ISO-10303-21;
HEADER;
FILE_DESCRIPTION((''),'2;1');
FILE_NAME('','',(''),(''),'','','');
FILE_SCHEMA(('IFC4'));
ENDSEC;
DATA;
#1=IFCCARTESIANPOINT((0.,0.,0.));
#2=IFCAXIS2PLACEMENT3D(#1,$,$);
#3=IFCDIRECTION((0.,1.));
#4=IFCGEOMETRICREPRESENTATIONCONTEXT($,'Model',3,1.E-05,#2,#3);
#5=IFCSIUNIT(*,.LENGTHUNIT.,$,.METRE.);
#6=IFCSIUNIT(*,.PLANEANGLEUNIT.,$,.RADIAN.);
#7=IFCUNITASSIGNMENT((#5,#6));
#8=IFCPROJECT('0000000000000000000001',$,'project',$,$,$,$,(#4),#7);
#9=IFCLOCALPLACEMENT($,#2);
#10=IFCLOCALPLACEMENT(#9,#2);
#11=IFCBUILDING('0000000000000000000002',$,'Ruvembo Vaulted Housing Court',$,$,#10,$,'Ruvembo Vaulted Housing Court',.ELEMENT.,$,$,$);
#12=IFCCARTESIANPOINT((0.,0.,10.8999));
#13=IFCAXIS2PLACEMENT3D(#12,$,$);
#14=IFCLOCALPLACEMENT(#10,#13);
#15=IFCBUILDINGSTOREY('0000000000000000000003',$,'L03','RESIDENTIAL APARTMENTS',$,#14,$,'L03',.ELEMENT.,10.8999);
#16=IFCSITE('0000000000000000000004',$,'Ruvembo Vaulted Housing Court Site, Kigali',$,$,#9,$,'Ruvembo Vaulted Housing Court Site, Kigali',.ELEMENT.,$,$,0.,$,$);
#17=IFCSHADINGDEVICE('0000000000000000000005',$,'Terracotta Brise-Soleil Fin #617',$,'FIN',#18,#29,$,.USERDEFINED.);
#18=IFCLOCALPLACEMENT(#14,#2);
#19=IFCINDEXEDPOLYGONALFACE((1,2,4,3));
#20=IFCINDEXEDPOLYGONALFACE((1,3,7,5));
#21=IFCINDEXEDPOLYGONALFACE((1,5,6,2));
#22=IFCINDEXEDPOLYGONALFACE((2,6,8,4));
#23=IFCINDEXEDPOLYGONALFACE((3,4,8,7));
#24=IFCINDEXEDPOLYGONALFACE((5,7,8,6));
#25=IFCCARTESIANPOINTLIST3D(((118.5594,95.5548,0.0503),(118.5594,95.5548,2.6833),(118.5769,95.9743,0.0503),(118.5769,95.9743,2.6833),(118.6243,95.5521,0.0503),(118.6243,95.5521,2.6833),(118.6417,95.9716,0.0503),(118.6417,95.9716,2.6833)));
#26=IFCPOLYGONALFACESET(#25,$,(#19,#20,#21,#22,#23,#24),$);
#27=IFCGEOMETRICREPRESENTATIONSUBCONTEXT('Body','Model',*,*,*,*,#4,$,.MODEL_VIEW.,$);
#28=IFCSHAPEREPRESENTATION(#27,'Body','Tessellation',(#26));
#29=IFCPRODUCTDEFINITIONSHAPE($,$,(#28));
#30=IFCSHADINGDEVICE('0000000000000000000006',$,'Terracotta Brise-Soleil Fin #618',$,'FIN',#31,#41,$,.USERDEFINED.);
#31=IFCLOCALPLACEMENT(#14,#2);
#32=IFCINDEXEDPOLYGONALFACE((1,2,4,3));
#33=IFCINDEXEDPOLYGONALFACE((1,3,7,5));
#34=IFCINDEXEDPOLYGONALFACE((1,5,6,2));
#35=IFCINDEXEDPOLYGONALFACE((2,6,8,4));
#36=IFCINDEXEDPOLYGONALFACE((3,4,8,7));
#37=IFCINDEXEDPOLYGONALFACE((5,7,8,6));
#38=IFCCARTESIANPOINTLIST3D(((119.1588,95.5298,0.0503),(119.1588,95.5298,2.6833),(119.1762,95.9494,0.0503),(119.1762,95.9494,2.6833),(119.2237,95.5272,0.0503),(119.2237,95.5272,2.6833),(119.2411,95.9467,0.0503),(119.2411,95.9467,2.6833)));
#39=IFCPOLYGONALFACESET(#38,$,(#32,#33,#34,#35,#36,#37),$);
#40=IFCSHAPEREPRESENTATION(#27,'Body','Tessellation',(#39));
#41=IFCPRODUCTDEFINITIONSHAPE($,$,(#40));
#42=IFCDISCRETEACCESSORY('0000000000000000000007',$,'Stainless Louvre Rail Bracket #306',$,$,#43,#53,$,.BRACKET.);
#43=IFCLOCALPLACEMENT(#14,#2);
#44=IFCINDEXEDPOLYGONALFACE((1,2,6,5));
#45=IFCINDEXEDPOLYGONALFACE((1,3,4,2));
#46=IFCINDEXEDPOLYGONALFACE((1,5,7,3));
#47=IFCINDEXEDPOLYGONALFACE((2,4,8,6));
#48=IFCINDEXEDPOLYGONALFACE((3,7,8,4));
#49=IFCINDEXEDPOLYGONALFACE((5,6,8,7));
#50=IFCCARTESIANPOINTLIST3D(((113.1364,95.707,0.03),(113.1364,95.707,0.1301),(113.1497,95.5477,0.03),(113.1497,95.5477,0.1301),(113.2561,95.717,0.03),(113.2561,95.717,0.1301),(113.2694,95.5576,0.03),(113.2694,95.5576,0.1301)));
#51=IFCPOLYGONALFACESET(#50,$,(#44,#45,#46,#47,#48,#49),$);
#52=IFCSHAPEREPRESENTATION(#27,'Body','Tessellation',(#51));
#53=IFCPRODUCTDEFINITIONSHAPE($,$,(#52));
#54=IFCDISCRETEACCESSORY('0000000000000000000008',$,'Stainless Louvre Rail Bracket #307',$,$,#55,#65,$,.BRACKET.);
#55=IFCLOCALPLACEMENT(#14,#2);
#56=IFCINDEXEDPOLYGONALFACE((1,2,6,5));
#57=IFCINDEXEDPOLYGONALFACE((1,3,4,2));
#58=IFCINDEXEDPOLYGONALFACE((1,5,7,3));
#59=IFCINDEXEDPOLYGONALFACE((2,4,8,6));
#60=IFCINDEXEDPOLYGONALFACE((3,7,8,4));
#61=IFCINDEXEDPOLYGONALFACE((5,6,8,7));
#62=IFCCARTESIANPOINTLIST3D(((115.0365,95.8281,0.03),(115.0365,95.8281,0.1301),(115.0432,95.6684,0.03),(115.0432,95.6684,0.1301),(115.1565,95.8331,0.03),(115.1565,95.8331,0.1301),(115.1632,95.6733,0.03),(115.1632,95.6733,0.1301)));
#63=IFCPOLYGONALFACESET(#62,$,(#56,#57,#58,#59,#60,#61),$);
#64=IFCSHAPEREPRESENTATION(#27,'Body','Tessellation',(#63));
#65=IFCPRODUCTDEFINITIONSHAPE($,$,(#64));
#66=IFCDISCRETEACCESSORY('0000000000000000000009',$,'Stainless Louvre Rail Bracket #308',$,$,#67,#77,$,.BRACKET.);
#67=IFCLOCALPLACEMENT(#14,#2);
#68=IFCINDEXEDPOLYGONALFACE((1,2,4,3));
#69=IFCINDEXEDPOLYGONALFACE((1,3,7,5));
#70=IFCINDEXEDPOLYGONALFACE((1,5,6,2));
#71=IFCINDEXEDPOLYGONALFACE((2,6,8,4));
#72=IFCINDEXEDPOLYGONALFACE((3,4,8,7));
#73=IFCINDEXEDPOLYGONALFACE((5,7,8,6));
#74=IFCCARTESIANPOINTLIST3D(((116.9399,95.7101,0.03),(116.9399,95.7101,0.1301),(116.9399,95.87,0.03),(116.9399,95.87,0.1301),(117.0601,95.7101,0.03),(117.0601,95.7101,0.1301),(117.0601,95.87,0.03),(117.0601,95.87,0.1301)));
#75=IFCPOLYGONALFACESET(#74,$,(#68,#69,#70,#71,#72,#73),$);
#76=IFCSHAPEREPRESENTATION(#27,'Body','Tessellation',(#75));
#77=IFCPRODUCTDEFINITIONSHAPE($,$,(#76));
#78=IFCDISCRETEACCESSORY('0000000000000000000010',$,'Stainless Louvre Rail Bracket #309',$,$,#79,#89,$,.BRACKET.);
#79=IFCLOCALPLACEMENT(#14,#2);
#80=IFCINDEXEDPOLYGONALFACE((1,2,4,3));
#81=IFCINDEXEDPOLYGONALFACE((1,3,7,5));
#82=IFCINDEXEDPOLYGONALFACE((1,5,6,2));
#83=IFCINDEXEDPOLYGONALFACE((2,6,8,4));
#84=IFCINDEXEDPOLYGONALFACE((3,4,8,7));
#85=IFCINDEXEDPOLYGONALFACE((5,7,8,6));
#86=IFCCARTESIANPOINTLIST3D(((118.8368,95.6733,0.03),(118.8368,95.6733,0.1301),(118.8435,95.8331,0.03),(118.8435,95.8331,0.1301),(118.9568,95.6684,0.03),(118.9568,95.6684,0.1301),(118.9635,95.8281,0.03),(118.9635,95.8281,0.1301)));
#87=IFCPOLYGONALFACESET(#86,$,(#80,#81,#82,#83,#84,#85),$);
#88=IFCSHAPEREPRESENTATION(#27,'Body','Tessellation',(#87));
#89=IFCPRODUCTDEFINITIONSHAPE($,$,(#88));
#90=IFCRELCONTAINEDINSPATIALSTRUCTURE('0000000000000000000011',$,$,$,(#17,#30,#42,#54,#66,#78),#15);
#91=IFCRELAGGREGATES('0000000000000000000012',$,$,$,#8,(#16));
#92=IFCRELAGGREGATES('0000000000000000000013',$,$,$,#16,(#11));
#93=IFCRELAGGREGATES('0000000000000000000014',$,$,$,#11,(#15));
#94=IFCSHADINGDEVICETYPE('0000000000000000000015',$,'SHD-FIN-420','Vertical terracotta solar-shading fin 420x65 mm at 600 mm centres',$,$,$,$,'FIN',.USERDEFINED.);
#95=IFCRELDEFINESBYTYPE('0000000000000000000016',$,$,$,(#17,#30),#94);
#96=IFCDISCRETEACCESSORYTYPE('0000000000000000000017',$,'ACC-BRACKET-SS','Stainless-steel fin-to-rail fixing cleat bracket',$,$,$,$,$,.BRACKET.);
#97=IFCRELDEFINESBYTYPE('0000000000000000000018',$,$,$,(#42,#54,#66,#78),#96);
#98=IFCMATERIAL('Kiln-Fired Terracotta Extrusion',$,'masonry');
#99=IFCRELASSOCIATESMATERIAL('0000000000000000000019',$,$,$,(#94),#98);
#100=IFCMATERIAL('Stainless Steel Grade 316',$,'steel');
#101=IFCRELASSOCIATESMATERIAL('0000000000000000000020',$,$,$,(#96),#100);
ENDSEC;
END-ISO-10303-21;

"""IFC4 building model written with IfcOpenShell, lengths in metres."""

from ifc_helpers import new_model, si_unit, direction, frame, origin, origin_2d, place, context, subcontext, project, spatial, rectangle, extrude, material, type_object, element, save


model = new_model("IFC4")

# Units and contexts
model_context = context("Model", 3, precision=1e-05, world=origin(), true_north=direction((0.0, 1.0)))
body_context = subcontext(model_context, "Body", "Model", "MODEL_VIEW")
ifc_project = project(units=[si_unit("LENGTHUNIT", "METRE"), si_unit("PLANEANGLEUNIT", "RADIAN")], contexts=[model_context])

# Site, building, storey
site_placement = place(None, origin())
site = spatial("IfcSite", under=ifc_project, at=site_placement, Name="Ruvembo Vaulted Housing Court Site, Kigali", LongName="Ruvembo Vaulted Housing Court Site, Kigali", CompositionType="ELEMENT", RefElevation=0.0)
building_placement = place(site_placement, origin())
building = spatial("IfcBuilding", under=site, at=building_placement, Name="Ruvembo Vaulted Housing Court", LongName="Ruvembo Vaulted Housing Court", CompositionType="ELEMENT")
storey_placement = place(building_placement, frame((0.0, 0.0, 10.8999)))
storey = spatial("IfcBuildingStorey", under=building, at=storey_placement, Name="L03", Description="RESIDENTIAL APARTMENTS", LongName="L03", CompositionType="ELEMENT", Elevation=10.8999)

# Shading devices
ifc_material_1 = material(Name="Kiln-Fired Terracotta Extrusion", Category="masonry")
shading_device_type = type_object("IfcShadingDeviceType", Name="SHD-FIN-420", Description="Vertical terracotta solar-shading fin 420x65 mm at 600 mm centres", ElementType="FIN", PredefinedType="USERDEFINED", material=ifc_material_1)
for number, where, z_axis, x_axis, name in (
    (1, (118.6006, 95.7632, 0.0503), (0.0, 0.0, 1.0), (-0.041509, -0.999138, 0.0), "Terracotta Brise-Soleil Fin #617"),
    (2, (119.2, 95.7383, 0.0503), (0.0, 0.0, 1.0), (-0.041509, -0.999138, 0.0), "Terracotta Brise-Soleil Fin #618"),
):
    element("IfcShadingDevice", number, at=place(storey_placement, frame(where, z_axis=z_axis, x_axis=x_axis)), inside=storey, type_object=shading_device_type, Name=name, ObjectType="FIN", PredefinedType="USERDEFINED", context=body_context, shape_type="SweptSolid", body=[
        extrude(rectangle(XDim=0.4199, YDim=0.0649, at=origin_2d()), origin(), (0.0, 0.0, 1.0), 2.6331),
    ])

# Discrete accessories
ifc_material_2 = material(Name="Stainless Steel Grade 316", Category="steel")
discrete_accessory_type = type_object("IfcDiscreteAccessoryType", Name="ACC-BRACKET-SS", Description="Stainless-steel fin-to-rail fixing cleat bracket", PredefinedType="BRACKET", material=ifc_material_2)
for number, where, z_axis, x_axis, name in (
    (3, (113.2029, 95.6323, 0.03), (0.0, 0.0, 1.0), (0.082895, -0.996558, 0.0), "Stainless Louvre Rail Bracket #306"),
    (4, (115.0999, 95.7507, 0.03), (0.0, 0.0, 1.0), (0.041509, -0.999138, 0.0), "Stainless Louvre Rail Bracket #307"),
    (5, (117.0, 95.79, 0.03), (0.0, 0.0, 1.0), (0.0, -1.0, 0.0), "Stainless Louvre Rail Bracket #308"),
    (6, (118.9001, 95.7507, 0.03), (0.0, 0.0, 1.0), (-0.041509, -0.999138, 0.0), "Stainless Louvre Rail Bracket #309"),
):
    element("IfcDiscreteAccessory", number, at=place(storey_placement, frame(where, z_axis=z_axis, x_axis=x_axis)), inside=storey, type_object=discrete_accessory_type, Name=name, PredefinedType="BRACKET", context=body_context, shape_type="SweptSolid", body=[
        extrude(rectangle(XDim=0.1599, YDim=0.1201, at=origin_2d()), origin(), (0.0, 0.0, 1.0), 0.1001),
    ])

save(model, "model.ifc")
